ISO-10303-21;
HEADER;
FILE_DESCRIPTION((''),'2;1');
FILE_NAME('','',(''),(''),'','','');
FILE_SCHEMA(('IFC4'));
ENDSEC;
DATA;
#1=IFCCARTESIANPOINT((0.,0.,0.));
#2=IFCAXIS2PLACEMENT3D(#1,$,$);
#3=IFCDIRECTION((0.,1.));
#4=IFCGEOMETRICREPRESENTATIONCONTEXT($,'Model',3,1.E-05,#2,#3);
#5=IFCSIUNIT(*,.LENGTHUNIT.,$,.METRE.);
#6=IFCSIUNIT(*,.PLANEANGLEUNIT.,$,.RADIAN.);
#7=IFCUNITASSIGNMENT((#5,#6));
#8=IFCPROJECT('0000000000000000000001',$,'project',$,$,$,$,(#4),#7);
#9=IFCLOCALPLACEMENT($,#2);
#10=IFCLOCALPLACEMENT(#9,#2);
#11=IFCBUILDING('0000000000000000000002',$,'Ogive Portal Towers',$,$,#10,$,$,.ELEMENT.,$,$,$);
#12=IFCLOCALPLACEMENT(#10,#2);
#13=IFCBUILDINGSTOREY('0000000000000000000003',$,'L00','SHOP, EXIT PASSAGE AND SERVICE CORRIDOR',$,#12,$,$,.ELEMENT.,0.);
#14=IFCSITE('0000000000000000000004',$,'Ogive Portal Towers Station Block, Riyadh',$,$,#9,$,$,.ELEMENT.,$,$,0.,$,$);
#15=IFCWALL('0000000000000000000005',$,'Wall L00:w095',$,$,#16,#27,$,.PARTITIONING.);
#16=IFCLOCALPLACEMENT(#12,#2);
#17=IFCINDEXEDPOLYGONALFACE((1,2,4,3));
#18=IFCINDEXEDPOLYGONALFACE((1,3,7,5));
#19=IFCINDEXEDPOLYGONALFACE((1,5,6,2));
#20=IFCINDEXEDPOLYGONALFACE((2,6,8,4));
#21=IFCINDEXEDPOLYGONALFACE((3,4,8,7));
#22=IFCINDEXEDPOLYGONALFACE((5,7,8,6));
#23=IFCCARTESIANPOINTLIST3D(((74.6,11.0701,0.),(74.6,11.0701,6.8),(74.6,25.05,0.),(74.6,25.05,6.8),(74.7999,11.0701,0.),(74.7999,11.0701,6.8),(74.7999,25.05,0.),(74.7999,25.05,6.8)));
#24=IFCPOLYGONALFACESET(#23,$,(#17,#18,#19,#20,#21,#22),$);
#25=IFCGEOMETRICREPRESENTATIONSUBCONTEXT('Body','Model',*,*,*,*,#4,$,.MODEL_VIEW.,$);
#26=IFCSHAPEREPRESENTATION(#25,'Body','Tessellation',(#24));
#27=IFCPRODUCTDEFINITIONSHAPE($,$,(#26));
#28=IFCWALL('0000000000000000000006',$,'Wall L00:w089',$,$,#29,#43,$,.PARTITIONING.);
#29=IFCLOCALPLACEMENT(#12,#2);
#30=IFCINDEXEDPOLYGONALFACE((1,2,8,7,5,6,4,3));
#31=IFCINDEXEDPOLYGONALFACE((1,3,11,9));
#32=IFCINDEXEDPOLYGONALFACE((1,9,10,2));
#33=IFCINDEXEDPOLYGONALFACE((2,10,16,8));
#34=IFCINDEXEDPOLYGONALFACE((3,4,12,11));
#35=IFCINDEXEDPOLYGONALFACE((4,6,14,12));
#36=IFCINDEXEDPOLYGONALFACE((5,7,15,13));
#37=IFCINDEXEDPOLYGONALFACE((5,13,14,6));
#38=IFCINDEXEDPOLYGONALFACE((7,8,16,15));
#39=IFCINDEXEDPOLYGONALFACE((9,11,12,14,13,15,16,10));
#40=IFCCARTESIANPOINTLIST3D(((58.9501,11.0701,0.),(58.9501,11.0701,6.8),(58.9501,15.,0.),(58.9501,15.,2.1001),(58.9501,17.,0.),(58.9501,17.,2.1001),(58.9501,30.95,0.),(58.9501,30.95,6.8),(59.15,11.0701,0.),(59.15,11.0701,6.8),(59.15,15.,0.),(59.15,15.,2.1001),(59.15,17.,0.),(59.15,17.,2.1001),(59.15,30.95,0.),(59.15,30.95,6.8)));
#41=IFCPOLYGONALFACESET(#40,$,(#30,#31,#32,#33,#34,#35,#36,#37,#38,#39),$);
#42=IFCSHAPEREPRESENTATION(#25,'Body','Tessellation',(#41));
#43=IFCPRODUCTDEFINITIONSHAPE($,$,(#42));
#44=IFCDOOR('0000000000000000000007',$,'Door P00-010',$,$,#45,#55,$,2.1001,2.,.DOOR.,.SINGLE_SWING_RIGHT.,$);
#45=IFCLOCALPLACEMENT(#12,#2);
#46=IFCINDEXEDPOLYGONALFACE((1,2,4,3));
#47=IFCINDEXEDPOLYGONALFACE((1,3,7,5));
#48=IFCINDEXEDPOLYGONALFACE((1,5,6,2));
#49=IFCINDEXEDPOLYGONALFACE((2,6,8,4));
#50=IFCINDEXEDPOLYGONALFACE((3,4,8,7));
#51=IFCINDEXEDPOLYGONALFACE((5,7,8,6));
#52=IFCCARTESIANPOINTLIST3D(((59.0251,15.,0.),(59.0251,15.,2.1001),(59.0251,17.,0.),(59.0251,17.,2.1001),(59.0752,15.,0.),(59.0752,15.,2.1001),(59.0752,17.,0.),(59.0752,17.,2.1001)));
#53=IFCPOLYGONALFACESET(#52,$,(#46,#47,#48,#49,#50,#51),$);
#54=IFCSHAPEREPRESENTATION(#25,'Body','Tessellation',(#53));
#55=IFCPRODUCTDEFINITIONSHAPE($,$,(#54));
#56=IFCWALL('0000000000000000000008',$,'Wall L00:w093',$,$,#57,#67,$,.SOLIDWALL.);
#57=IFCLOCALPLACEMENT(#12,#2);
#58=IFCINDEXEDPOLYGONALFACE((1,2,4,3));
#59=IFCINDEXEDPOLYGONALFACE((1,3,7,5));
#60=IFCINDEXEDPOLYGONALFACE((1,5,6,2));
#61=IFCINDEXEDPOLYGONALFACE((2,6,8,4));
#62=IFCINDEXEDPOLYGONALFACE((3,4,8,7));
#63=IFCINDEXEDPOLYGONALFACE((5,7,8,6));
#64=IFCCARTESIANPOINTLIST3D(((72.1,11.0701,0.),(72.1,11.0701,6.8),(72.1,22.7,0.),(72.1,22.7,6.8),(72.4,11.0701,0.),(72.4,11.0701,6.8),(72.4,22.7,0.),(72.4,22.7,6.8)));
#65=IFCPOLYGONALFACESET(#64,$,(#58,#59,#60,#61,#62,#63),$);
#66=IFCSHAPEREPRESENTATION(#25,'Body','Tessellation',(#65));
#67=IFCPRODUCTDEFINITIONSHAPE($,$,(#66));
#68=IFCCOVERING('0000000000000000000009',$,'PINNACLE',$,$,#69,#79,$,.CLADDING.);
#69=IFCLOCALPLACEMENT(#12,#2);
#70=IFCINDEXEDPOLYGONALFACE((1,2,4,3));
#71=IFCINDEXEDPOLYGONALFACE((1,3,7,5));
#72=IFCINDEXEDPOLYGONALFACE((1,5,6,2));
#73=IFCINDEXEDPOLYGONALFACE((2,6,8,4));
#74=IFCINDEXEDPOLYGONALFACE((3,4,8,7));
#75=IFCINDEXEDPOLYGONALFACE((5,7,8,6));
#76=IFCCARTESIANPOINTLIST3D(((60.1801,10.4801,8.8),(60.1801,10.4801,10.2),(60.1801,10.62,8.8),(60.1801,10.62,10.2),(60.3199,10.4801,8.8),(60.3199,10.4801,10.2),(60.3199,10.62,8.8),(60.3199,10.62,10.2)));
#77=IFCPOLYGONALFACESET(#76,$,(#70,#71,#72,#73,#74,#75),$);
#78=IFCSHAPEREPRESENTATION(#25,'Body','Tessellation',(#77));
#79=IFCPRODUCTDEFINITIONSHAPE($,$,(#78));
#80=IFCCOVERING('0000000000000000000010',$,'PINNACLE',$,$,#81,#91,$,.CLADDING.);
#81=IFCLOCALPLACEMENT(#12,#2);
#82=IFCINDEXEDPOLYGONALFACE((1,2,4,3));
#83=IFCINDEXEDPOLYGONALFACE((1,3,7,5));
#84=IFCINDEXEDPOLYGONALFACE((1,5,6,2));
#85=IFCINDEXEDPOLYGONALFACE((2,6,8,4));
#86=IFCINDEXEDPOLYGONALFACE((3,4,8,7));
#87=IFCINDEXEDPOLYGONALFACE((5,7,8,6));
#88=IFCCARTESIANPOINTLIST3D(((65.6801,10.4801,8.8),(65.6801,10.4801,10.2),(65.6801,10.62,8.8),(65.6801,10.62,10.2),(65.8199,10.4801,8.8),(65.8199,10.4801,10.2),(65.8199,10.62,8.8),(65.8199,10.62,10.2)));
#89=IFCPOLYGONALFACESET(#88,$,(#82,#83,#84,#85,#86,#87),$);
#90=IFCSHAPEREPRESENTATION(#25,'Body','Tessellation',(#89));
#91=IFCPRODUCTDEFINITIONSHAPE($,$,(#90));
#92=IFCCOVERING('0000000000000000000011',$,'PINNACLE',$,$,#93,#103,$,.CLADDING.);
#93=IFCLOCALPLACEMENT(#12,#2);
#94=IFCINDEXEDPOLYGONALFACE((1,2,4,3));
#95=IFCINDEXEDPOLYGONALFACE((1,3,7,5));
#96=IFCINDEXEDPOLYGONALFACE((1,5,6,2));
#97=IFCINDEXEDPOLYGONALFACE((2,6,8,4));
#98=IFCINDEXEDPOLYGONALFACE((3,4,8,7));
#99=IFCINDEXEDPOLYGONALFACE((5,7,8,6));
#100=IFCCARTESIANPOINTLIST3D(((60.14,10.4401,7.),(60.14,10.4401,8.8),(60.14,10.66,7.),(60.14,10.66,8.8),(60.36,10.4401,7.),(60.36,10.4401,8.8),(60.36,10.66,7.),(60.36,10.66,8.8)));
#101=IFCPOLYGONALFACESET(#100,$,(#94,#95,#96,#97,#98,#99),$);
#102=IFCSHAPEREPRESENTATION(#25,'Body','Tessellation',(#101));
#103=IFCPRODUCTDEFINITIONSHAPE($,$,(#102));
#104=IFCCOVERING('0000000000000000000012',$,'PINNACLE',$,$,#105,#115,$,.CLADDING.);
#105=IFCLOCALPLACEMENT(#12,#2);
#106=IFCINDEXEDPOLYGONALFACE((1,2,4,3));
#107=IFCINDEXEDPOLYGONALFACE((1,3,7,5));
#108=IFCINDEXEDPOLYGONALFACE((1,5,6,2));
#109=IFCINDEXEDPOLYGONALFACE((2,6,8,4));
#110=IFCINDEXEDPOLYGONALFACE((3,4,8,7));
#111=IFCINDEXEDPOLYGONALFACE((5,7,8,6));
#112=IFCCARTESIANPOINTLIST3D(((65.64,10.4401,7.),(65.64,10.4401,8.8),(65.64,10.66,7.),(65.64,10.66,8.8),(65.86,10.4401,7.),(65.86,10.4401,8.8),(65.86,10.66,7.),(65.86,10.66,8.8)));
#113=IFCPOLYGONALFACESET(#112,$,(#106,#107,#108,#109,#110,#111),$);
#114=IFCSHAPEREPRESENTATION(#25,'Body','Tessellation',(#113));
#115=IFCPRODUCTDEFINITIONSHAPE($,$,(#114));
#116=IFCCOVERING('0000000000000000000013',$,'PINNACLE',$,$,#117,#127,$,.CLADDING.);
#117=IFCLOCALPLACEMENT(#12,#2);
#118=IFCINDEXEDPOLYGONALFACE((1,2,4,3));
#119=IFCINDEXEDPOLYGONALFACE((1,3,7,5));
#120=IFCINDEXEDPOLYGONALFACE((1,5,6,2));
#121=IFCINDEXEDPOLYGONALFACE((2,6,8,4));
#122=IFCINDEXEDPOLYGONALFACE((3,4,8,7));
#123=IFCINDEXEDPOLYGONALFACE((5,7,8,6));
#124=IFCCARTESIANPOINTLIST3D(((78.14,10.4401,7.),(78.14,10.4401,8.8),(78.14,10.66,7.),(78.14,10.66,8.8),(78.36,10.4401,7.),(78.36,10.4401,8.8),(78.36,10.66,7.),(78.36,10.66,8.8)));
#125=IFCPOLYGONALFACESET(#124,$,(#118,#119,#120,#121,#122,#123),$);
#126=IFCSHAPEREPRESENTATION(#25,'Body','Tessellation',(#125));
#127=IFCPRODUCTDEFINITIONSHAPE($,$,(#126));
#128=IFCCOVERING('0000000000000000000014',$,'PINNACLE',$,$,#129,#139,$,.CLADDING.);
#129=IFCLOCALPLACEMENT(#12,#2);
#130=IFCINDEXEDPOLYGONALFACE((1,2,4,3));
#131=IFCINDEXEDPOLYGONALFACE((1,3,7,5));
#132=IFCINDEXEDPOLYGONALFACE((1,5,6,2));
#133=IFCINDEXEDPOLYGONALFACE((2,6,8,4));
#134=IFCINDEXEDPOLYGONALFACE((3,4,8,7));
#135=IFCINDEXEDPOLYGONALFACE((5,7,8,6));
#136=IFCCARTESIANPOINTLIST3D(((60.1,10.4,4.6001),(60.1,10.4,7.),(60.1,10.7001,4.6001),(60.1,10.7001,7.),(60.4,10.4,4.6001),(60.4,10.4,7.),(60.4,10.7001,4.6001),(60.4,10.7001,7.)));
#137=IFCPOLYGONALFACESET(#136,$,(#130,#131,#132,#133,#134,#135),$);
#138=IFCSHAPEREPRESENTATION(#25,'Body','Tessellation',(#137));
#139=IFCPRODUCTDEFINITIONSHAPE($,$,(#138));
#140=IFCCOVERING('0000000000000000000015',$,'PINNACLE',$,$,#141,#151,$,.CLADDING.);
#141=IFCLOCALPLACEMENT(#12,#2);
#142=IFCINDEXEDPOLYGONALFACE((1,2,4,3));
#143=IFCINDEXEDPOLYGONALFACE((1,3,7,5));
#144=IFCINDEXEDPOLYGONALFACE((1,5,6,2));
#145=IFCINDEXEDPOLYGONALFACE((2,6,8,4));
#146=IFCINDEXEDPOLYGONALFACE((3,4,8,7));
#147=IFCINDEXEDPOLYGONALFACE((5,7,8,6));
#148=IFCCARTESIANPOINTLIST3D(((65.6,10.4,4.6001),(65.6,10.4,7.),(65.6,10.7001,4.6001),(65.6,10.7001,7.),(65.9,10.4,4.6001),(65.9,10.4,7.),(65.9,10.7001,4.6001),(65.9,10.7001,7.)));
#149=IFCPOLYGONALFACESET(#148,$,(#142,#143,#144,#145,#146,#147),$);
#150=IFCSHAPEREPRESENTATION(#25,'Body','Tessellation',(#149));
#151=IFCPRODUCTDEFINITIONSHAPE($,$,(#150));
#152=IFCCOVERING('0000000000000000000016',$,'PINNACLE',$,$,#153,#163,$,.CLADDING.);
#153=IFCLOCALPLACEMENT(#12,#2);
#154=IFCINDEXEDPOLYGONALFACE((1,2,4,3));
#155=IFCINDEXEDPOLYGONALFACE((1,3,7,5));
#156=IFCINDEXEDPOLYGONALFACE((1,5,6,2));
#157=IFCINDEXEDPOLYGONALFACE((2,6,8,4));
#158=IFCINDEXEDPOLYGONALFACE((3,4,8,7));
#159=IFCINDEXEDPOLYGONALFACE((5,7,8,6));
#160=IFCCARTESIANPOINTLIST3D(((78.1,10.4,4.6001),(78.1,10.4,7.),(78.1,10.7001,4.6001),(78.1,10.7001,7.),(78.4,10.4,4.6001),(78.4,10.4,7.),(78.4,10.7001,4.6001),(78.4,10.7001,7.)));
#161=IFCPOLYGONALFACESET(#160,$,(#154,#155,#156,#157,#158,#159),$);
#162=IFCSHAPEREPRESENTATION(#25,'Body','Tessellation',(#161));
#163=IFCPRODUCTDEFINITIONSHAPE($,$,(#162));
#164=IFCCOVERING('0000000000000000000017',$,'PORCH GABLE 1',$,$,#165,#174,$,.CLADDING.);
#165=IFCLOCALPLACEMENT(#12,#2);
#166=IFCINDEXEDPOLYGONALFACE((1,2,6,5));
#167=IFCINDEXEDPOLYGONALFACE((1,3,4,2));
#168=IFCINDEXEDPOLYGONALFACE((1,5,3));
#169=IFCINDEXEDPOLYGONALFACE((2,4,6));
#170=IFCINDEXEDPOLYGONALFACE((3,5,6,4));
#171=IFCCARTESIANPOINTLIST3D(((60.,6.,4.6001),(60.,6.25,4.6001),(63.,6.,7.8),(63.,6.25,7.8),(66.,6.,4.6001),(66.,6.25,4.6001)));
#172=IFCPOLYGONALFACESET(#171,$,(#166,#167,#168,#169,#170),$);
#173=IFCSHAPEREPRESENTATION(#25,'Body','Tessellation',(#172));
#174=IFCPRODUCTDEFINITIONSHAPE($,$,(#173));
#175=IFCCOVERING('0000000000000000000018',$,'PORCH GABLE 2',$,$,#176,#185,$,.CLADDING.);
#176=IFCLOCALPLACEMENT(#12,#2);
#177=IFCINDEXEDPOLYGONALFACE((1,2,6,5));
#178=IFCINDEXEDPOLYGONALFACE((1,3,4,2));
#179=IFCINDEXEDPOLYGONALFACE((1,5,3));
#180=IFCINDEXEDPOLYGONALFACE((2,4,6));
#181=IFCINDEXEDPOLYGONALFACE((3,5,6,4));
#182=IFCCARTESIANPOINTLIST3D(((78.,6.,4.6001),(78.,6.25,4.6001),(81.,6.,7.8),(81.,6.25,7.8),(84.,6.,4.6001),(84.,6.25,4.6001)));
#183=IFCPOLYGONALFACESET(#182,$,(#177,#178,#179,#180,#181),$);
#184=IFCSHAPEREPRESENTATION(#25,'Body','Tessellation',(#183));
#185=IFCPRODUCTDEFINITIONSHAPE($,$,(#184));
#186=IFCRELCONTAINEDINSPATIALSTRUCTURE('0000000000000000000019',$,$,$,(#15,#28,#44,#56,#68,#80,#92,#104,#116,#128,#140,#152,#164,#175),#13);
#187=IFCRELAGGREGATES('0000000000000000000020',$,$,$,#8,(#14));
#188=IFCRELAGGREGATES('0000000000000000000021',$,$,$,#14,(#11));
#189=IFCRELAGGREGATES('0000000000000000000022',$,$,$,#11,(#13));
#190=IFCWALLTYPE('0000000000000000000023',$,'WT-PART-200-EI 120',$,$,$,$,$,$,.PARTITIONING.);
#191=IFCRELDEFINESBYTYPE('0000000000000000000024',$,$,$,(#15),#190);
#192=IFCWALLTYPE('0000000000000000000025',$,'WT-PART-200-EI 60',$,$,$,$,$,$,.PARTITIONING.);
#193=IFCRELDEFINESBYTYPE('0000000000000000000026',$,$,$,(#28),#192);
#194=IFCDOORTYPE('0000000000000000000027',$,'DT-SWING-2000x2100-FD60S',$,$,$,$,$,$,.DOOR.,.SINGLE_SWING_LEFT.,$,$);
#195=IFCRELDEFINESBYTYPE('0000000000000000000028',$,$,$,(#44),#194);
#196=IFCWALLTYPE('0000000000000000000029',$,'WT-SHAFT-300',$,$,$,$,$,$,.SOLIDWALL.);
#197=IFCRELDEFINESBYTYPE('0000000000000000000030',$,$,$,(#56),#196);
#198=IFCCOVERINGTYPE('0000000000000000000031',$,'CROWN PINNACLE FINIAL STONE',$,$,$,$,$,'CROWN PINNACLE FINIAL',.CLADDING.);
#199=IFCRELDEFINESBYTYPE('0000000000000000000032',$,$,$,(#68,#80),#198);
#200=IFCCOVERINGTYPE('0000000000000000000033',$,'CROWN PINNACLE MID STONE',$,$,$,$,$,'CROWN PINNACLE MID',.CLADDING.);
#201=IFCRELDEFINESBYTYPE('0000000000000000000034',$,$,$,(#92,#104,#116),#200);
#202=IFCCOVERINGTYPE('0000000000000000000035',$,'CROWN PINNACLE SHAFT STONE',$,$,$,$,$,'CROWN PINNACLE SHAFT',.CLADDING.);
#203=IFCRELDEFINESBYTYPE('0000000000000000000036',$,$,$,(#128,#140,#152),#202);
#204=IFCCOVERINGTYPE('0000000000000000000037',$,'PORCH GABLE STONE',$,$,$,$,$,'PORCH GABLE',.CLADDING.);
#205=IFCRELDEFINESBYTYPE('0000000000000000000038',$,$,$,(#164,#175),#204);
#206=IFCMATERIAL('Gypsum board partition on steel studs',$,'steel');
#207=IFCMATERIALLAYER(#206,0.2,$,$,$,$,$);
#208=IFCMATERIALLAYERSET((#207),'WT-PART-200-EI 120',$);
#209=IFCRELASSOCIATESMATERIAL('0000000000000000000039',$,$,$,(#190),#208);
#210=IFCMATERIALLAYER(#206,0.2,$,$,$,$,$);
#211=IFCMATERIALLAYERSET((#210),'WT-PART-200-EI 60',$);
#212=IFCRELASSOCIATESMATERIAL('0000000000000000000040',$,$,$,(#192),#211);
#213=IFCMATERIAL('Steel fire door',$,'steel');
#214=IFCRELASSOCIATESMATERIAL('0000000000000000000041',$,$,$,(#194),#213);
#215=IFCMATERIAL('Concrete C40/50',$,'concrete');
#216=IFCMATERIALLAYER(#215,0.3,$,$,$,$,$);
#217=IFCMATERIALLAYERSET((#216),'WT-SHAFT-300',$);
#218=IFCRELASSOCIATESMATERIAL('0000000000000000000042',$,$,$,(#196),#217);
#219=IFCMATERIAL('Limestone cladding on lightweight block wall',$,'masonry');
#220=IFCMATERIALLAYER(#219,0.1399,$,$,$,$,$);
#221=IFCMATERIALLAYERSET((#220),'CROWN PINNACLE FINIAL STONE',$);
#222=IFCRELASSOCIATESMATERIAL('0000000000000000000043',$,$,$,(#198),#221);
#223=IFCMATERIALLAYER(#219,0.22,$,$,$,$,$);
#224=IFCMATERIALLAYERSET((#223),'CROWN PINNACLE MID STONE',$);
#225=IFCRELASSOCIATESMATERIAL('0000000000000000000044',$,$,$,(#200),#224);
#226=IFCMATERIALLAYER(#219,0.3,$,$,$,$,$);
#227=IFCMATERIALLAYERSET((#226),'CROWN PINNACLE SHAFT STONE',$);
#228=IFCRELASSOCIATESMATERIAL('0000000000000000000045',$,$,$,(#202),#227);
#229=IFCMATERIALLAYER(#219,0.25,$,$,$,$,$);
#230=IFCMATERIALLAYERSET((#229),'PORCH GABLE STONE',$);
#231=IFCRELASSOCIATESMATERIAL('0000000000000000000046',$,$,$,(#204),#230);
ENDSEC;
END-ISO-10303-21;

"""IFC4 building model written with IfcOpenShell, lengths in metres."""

from ifc_helpers import new_model, si_unit, direction, frame, frame_2d, origin, origin_2d, place, context, subcontext, project, spatial, polyline, rectangle, outline, extrude, material, layer, layer_set, type_object, element, fill, save


model = new_model("IFC4")

# Units and contexts
model_context = context("Model", 3, precision=1e-05, world=origin(), true_north=direction((0.0, 1.0)))
body_context = subcontext(model_context, "Body", "Model", "MODEL_VIEW")
ifc_project = project(units=[si_unit("LENGTHUNIT", "METRE"), si_unit("PLANEANGLEUNIT", "RADIAN")], contexts=[model_context])

# Site, building, storey
site_placement = place(None, origin())
site = spatial("IfcSite", under=ifc_project, at=site_placement, Name="Ogive Portal Towers Station Block, Riyadh", CompositionType="ELEMENT", RefElevation=0.0)
building_placement = place(site_placement, origin())
building = spatial("IfcBuilding", under=site, at=building_placement, Name="Ogive Portal Towers", CompositionType="ELEMENT")
storey_placement = place(building_placement, origin())
storey = spatial("IfcBuildingStorey", under=building, at=storey_placement, Name="L00", Description="SHOP, EXIT PASSAGE AND SERVICE CORRIDOR", CompositionType="ELEMENT", Elevation=0.0)

# Wall
ifc_material_1 = material(Name="Gypsum board partition on steel studs", Category="steel")
ifc_layer_1 = layer(ifc_material_1, 0.2)
ifc_layer_set_1 = layer_set([ifc_layer_1], Name="WT-PART-200-EI 120")
wall_type_1 = type_object("IfcWallType", Name="WT-PART-200-EI 120", PredefinedType="PARTITIONING", material=ifc_layer_set_1)
wall_1_placement = place(storey_placement, frame((74.7, 11.0701, 0.0), z_axis=(0.0, 0.0, 1.0), x_axis=(0.0, 1.0, 0.0)))
element("IfcWall", 1, at=wall_1_placement, inside=storey, type_object=wall_type_1, Name="Wall L00:w095", PredefinedType="PARTITIONING", context=body_context, shape_type="SweptSolid", body=[
    extrude(rectangle(XDim=13.98, YDim=0.2, at=frame_2d((6.99, 0.0))), origin(), (0.0, 0.0, 1.0), 6.8),
])

# Wall, opening, door
ifc_layer_2 = layer(ifc_material_1, 0.2)
ifc_layer_set_2 = layer_set([ifc_layer_2], Name="WT-PART-200-EI 60")
wall_type_2 = type_object("IfcWallType", Name="WT-PART-200-EI 60", PredefinedType="PARTITIONING", material=ifc_layer_set_2)
wall_2_placement = place(storey_placement, frame((59.05, 11.0701, 0.0), z_axis=(0.0, 0.0, 1.0), x_axis=(0.0, 1.0, 0.0)))
wall_2 = element("IfcWall", 2, at=wall_2_placement, inside=storey, type_object=wall_type_2, Name="Wall L00:w089", PredefinedType="PARTITIONING", context=body_context, shape_type="SweptSolid", body=[
    extrude(rectangle(XDim=19.8799, YDim=0.2, at=frame_2d((9.9399, 0.0))), origin(), (0.0, 0.0, 1.0), 6.8),
])
opening_placement = place(wall_2_placement, frame((3.9299, 0.0, 0.0)))
opening = element("IfcOpeningElement", 3, at=opening_placement, cuts=wall_2, PredefinedType="OPENING", context=body_context, shape_type="SweptSolid", body=[
    extrude(rectangle(XDim=2.0, YDim=2.1001, at=frame_2d((1.0, 1.05))), frame((0.0, 0.1099, 0.0), z_axis=(0.0, -1.0, 0.0), x_axis=(1.0, 0.0, 0.0)), (0.0, 0.0, 1.0), 0.22),
])
ifc_material_2 = material(Name="Steel fire door", Category="steel")
door_type = type_object("IfcDoorType", Name="DT-SWING-2000x2100-FD60S", OperationType="SINGLE_SWING_LEFT", PredefinedType="DOOR", material=ifc_material_2)
door_placement = place(opening_placement, origin())
door = element("IfcDoor", 4, at=door_placement, inside=storey, type_object=door_type, Name="Door P00-010", OperationType="SINGLE_SWING_RIGHT", OverallHeight=2.1001, OverallWidth=2.0, PredefinedType="DOOR", context=body_context, shape_type="SweptSolid", body=[
    extrude(rectangle(XDim=2.0, YDim=2.1001, at=frame_2d((1.0, 1.05))), frame((0.0, 0.0249, 0.0), z_axis=(0.0, -1.0, 0.0), x_axis=(1.0, 0.0, 0.0)), (0.0, 0.0, 1.0), 0.05),
])
fill(opening, door)

# Wall
ifc_material_3 = material(Name="Concrete C40/50", Category="concrete")
ifc_layer_3 = layer(ifc_material_3, 0.3)
ifc_layer_set_3 = layer_set([ifc_layer_3], Name="WT-SHAFT-300")
wall_type_3 = type_object("IfcWallType", Name="WT-SHAFT-300", PredefinedType="SOLIDWALL", material=ifc_layer_set_3)
wall_3_placement = place(storey_placement, frame((72.25, 11.0701, 0.0), z_axis=(0.0, 0.0, 1.0), x_axis=(0.0, 1.0, 0.0)))
element("IfcWall", 5, at=wall_3_placement, inside=storey, type_object=wall_type_3, Name="Wall L00:w093", PredefinedType="SOLIDWALL", context=body_context, shape_type="SweptSolid", body=[
    extrude(rectangle(XDim=11.6299, YDim=0.3, at=frame_2d((5.8149, 0.0))), origin(), (0.0, 0.0, 1.0), 6.8),
])

# Coverings
ifc_material_4 = material(Name="Limestone cladding on lightweight block wall", Category="masonry")
ifc_layer_4 = layer(ifc_material_4, 0.1399)
ifc_layer_set_4 = layer_set([ifc_layer_4], Name="CROWN PINNACLE FINIAL STONE")
covering_type_1 = type_object("IfcCoveringType", Name="CROWN PINNACLE FINIAL STONE", ElementType="CROWN PINNACLE FINIAL", PredefinedType="CLADDING", material=ifc_layer_set_4)
for number, where, z_axis, x_axis, name in (
    (6, (60.25, 10.55, 8.8), (0.0, 0.0, 1.0), (1.0, 0.0, 0.0), "PINNACLE"),
    (7, (65.75, 10.55, 8.8), (0.0, 0.0, 1.0), (1.0, 0.0, 0.0), "PINNACLE"),
):
    element("IfcCovering", number, at=place(storey_placement, frame(where, z_axis=z_axis, x_axis=x_axis)), inside=storey, type_object=covering_type_1, Name=name, PredefinedType="CLADDING", context=body_context, shape_type="SweptSolid", body=[
        extrude(rectangle(XDim=0.1399, YDim=0.1399, at=origin_2d()), origin(), (0.0, 0.0, 1.0), 1.3999),
    ])
ifc_layer_5 = layer(ifc_material_4, 0.22)
ifc_layer_set_5 = layer_set([ifc_layer_5], Name="CROWN PINNACLE MID STONE")
covering_type_2 = type_object("IfcCoveringType", Name="CROWN PINNACLE MID STONE", ElementType="CROWN PINNACLE MID", PredefinedType="CLADDING", material=ifc_layer_set_5)
for number, where, z_axis, x_axis, name in (
    (8, (60.25, 10.55, 7.0), (0.0, 0.0, 1.0), (1.0, 0.0, 0.0), "PINNACLE"),
    (9, (65.75, 10.55, 7.0), (0.0, 0.0, 1.0), (1.0, 0.0, 0.0), "PINNACLE"),
    (10, (78.25, 10.55, 7.0), (0.0, 0.0, 1.0), (1.0, 0.0, 0.0), "PINNACLE"),
):
    element("IfcCovering", number, at=place(storey_placement, frame(where, z_axis=z_axis, x_axis=x_axis)), inside=storey, type_object=covering_type_2, Name=name, PredefinedType="CLADDING", context=body_context, shape_type="SweptSolid", body=[
        extrude(rectangle(XDim=0.22, YDim=0.22, at=origin_2d()), origin(), (0.0, 0.0, 1.0), 1.8),
    ])
ifc_layer_6 = layer(ifc_material_4, 0.3)
ifc_layer_set_6 = layer_set([ifc_layer_6], Name="CROWN PINNACLE SHAFT STONE")
covering_type_3 = type_object("IfcCoveringType", Name="CROWN PINNACLE SHAFT STONE", ElementType="CROWN PINNACLE SHAFT", PredefinedType="CLADDING", material=ifc_layer_set_6)
for number, where, z_axis, x_axis, name in (
    (11, (60.25, 10.55, 4.6001), (0.0, 0.0, 1.0), (1.0, 0.0, 0.0), "PINNACLE"),
    (12, (65.75, 10.55, 4.6001), (0.0, 0.0, 1.0), (1.0, 0.0, 0.0), "PINNACLE"),
    (13, (78.25, 10.55, 4.6001), (0.0, 0.0, 1.0), (1.0, 0.0, 0.0), "PINNACLE"),
):
    element("IfcCovering", number, at=place(storey_placement, frame(where, z_axis=z_axis, x_axis=x_axis)), inside=storey, type_object=covering_type_3, Name=name, PredefinedType="CLADDING", context=body_context, shape_type="SweptSolid", body=[
        extrude(rectangle(XDim=0.3, YDim=0.3, at=origin_2d()), origin(), (0.0, 0.0, 1.0), 2.3999),
    ])
ifc_layer_7 = layer(ifc_material_4, 0.25)
ifc_layer_set_7 = layer_set([ifc_layer_7], Name="PORCH GABLE STONE")
covering_type_4 = type_object("IfcCoveringType", Name="PORCH GABLE STONE", ElementType="PORCH GABLE", PredefinedType="CLADDING", material=ifc_layer_set_7)
for number, where, z_axis, x_axis, name in (
    (14, (60.0, 6.0, 4.6001), (0.0, -1.0, 0.0), (1.0, 0.0, 0.0), "PORCH GABLE 1"),
    (15, (78.0, 6.0, 4.6001), (0.0, -1.0, 0.0), (1.0, 0.0, 0.0), "PORCH GABLE 2"),
):
    element("IfcCovering", number, at=place(storey_placement, frame(where, z_axis=z_axis, x_axis=x_axis)), inside=storey, type_object=covering_type_4, Name=name, PredefinedType="CLADDING", context=body_context, shape_type="SweptSolid", body=[
        extrude(outline(polyline([(0.0, 0.0), (6.0, 0.0), (3.0, 3.2), (0.0, 0.0)])), origin(), (0.0, 0.0, -1.0), 0.25),
    ])

save(model, "model.ifc")
